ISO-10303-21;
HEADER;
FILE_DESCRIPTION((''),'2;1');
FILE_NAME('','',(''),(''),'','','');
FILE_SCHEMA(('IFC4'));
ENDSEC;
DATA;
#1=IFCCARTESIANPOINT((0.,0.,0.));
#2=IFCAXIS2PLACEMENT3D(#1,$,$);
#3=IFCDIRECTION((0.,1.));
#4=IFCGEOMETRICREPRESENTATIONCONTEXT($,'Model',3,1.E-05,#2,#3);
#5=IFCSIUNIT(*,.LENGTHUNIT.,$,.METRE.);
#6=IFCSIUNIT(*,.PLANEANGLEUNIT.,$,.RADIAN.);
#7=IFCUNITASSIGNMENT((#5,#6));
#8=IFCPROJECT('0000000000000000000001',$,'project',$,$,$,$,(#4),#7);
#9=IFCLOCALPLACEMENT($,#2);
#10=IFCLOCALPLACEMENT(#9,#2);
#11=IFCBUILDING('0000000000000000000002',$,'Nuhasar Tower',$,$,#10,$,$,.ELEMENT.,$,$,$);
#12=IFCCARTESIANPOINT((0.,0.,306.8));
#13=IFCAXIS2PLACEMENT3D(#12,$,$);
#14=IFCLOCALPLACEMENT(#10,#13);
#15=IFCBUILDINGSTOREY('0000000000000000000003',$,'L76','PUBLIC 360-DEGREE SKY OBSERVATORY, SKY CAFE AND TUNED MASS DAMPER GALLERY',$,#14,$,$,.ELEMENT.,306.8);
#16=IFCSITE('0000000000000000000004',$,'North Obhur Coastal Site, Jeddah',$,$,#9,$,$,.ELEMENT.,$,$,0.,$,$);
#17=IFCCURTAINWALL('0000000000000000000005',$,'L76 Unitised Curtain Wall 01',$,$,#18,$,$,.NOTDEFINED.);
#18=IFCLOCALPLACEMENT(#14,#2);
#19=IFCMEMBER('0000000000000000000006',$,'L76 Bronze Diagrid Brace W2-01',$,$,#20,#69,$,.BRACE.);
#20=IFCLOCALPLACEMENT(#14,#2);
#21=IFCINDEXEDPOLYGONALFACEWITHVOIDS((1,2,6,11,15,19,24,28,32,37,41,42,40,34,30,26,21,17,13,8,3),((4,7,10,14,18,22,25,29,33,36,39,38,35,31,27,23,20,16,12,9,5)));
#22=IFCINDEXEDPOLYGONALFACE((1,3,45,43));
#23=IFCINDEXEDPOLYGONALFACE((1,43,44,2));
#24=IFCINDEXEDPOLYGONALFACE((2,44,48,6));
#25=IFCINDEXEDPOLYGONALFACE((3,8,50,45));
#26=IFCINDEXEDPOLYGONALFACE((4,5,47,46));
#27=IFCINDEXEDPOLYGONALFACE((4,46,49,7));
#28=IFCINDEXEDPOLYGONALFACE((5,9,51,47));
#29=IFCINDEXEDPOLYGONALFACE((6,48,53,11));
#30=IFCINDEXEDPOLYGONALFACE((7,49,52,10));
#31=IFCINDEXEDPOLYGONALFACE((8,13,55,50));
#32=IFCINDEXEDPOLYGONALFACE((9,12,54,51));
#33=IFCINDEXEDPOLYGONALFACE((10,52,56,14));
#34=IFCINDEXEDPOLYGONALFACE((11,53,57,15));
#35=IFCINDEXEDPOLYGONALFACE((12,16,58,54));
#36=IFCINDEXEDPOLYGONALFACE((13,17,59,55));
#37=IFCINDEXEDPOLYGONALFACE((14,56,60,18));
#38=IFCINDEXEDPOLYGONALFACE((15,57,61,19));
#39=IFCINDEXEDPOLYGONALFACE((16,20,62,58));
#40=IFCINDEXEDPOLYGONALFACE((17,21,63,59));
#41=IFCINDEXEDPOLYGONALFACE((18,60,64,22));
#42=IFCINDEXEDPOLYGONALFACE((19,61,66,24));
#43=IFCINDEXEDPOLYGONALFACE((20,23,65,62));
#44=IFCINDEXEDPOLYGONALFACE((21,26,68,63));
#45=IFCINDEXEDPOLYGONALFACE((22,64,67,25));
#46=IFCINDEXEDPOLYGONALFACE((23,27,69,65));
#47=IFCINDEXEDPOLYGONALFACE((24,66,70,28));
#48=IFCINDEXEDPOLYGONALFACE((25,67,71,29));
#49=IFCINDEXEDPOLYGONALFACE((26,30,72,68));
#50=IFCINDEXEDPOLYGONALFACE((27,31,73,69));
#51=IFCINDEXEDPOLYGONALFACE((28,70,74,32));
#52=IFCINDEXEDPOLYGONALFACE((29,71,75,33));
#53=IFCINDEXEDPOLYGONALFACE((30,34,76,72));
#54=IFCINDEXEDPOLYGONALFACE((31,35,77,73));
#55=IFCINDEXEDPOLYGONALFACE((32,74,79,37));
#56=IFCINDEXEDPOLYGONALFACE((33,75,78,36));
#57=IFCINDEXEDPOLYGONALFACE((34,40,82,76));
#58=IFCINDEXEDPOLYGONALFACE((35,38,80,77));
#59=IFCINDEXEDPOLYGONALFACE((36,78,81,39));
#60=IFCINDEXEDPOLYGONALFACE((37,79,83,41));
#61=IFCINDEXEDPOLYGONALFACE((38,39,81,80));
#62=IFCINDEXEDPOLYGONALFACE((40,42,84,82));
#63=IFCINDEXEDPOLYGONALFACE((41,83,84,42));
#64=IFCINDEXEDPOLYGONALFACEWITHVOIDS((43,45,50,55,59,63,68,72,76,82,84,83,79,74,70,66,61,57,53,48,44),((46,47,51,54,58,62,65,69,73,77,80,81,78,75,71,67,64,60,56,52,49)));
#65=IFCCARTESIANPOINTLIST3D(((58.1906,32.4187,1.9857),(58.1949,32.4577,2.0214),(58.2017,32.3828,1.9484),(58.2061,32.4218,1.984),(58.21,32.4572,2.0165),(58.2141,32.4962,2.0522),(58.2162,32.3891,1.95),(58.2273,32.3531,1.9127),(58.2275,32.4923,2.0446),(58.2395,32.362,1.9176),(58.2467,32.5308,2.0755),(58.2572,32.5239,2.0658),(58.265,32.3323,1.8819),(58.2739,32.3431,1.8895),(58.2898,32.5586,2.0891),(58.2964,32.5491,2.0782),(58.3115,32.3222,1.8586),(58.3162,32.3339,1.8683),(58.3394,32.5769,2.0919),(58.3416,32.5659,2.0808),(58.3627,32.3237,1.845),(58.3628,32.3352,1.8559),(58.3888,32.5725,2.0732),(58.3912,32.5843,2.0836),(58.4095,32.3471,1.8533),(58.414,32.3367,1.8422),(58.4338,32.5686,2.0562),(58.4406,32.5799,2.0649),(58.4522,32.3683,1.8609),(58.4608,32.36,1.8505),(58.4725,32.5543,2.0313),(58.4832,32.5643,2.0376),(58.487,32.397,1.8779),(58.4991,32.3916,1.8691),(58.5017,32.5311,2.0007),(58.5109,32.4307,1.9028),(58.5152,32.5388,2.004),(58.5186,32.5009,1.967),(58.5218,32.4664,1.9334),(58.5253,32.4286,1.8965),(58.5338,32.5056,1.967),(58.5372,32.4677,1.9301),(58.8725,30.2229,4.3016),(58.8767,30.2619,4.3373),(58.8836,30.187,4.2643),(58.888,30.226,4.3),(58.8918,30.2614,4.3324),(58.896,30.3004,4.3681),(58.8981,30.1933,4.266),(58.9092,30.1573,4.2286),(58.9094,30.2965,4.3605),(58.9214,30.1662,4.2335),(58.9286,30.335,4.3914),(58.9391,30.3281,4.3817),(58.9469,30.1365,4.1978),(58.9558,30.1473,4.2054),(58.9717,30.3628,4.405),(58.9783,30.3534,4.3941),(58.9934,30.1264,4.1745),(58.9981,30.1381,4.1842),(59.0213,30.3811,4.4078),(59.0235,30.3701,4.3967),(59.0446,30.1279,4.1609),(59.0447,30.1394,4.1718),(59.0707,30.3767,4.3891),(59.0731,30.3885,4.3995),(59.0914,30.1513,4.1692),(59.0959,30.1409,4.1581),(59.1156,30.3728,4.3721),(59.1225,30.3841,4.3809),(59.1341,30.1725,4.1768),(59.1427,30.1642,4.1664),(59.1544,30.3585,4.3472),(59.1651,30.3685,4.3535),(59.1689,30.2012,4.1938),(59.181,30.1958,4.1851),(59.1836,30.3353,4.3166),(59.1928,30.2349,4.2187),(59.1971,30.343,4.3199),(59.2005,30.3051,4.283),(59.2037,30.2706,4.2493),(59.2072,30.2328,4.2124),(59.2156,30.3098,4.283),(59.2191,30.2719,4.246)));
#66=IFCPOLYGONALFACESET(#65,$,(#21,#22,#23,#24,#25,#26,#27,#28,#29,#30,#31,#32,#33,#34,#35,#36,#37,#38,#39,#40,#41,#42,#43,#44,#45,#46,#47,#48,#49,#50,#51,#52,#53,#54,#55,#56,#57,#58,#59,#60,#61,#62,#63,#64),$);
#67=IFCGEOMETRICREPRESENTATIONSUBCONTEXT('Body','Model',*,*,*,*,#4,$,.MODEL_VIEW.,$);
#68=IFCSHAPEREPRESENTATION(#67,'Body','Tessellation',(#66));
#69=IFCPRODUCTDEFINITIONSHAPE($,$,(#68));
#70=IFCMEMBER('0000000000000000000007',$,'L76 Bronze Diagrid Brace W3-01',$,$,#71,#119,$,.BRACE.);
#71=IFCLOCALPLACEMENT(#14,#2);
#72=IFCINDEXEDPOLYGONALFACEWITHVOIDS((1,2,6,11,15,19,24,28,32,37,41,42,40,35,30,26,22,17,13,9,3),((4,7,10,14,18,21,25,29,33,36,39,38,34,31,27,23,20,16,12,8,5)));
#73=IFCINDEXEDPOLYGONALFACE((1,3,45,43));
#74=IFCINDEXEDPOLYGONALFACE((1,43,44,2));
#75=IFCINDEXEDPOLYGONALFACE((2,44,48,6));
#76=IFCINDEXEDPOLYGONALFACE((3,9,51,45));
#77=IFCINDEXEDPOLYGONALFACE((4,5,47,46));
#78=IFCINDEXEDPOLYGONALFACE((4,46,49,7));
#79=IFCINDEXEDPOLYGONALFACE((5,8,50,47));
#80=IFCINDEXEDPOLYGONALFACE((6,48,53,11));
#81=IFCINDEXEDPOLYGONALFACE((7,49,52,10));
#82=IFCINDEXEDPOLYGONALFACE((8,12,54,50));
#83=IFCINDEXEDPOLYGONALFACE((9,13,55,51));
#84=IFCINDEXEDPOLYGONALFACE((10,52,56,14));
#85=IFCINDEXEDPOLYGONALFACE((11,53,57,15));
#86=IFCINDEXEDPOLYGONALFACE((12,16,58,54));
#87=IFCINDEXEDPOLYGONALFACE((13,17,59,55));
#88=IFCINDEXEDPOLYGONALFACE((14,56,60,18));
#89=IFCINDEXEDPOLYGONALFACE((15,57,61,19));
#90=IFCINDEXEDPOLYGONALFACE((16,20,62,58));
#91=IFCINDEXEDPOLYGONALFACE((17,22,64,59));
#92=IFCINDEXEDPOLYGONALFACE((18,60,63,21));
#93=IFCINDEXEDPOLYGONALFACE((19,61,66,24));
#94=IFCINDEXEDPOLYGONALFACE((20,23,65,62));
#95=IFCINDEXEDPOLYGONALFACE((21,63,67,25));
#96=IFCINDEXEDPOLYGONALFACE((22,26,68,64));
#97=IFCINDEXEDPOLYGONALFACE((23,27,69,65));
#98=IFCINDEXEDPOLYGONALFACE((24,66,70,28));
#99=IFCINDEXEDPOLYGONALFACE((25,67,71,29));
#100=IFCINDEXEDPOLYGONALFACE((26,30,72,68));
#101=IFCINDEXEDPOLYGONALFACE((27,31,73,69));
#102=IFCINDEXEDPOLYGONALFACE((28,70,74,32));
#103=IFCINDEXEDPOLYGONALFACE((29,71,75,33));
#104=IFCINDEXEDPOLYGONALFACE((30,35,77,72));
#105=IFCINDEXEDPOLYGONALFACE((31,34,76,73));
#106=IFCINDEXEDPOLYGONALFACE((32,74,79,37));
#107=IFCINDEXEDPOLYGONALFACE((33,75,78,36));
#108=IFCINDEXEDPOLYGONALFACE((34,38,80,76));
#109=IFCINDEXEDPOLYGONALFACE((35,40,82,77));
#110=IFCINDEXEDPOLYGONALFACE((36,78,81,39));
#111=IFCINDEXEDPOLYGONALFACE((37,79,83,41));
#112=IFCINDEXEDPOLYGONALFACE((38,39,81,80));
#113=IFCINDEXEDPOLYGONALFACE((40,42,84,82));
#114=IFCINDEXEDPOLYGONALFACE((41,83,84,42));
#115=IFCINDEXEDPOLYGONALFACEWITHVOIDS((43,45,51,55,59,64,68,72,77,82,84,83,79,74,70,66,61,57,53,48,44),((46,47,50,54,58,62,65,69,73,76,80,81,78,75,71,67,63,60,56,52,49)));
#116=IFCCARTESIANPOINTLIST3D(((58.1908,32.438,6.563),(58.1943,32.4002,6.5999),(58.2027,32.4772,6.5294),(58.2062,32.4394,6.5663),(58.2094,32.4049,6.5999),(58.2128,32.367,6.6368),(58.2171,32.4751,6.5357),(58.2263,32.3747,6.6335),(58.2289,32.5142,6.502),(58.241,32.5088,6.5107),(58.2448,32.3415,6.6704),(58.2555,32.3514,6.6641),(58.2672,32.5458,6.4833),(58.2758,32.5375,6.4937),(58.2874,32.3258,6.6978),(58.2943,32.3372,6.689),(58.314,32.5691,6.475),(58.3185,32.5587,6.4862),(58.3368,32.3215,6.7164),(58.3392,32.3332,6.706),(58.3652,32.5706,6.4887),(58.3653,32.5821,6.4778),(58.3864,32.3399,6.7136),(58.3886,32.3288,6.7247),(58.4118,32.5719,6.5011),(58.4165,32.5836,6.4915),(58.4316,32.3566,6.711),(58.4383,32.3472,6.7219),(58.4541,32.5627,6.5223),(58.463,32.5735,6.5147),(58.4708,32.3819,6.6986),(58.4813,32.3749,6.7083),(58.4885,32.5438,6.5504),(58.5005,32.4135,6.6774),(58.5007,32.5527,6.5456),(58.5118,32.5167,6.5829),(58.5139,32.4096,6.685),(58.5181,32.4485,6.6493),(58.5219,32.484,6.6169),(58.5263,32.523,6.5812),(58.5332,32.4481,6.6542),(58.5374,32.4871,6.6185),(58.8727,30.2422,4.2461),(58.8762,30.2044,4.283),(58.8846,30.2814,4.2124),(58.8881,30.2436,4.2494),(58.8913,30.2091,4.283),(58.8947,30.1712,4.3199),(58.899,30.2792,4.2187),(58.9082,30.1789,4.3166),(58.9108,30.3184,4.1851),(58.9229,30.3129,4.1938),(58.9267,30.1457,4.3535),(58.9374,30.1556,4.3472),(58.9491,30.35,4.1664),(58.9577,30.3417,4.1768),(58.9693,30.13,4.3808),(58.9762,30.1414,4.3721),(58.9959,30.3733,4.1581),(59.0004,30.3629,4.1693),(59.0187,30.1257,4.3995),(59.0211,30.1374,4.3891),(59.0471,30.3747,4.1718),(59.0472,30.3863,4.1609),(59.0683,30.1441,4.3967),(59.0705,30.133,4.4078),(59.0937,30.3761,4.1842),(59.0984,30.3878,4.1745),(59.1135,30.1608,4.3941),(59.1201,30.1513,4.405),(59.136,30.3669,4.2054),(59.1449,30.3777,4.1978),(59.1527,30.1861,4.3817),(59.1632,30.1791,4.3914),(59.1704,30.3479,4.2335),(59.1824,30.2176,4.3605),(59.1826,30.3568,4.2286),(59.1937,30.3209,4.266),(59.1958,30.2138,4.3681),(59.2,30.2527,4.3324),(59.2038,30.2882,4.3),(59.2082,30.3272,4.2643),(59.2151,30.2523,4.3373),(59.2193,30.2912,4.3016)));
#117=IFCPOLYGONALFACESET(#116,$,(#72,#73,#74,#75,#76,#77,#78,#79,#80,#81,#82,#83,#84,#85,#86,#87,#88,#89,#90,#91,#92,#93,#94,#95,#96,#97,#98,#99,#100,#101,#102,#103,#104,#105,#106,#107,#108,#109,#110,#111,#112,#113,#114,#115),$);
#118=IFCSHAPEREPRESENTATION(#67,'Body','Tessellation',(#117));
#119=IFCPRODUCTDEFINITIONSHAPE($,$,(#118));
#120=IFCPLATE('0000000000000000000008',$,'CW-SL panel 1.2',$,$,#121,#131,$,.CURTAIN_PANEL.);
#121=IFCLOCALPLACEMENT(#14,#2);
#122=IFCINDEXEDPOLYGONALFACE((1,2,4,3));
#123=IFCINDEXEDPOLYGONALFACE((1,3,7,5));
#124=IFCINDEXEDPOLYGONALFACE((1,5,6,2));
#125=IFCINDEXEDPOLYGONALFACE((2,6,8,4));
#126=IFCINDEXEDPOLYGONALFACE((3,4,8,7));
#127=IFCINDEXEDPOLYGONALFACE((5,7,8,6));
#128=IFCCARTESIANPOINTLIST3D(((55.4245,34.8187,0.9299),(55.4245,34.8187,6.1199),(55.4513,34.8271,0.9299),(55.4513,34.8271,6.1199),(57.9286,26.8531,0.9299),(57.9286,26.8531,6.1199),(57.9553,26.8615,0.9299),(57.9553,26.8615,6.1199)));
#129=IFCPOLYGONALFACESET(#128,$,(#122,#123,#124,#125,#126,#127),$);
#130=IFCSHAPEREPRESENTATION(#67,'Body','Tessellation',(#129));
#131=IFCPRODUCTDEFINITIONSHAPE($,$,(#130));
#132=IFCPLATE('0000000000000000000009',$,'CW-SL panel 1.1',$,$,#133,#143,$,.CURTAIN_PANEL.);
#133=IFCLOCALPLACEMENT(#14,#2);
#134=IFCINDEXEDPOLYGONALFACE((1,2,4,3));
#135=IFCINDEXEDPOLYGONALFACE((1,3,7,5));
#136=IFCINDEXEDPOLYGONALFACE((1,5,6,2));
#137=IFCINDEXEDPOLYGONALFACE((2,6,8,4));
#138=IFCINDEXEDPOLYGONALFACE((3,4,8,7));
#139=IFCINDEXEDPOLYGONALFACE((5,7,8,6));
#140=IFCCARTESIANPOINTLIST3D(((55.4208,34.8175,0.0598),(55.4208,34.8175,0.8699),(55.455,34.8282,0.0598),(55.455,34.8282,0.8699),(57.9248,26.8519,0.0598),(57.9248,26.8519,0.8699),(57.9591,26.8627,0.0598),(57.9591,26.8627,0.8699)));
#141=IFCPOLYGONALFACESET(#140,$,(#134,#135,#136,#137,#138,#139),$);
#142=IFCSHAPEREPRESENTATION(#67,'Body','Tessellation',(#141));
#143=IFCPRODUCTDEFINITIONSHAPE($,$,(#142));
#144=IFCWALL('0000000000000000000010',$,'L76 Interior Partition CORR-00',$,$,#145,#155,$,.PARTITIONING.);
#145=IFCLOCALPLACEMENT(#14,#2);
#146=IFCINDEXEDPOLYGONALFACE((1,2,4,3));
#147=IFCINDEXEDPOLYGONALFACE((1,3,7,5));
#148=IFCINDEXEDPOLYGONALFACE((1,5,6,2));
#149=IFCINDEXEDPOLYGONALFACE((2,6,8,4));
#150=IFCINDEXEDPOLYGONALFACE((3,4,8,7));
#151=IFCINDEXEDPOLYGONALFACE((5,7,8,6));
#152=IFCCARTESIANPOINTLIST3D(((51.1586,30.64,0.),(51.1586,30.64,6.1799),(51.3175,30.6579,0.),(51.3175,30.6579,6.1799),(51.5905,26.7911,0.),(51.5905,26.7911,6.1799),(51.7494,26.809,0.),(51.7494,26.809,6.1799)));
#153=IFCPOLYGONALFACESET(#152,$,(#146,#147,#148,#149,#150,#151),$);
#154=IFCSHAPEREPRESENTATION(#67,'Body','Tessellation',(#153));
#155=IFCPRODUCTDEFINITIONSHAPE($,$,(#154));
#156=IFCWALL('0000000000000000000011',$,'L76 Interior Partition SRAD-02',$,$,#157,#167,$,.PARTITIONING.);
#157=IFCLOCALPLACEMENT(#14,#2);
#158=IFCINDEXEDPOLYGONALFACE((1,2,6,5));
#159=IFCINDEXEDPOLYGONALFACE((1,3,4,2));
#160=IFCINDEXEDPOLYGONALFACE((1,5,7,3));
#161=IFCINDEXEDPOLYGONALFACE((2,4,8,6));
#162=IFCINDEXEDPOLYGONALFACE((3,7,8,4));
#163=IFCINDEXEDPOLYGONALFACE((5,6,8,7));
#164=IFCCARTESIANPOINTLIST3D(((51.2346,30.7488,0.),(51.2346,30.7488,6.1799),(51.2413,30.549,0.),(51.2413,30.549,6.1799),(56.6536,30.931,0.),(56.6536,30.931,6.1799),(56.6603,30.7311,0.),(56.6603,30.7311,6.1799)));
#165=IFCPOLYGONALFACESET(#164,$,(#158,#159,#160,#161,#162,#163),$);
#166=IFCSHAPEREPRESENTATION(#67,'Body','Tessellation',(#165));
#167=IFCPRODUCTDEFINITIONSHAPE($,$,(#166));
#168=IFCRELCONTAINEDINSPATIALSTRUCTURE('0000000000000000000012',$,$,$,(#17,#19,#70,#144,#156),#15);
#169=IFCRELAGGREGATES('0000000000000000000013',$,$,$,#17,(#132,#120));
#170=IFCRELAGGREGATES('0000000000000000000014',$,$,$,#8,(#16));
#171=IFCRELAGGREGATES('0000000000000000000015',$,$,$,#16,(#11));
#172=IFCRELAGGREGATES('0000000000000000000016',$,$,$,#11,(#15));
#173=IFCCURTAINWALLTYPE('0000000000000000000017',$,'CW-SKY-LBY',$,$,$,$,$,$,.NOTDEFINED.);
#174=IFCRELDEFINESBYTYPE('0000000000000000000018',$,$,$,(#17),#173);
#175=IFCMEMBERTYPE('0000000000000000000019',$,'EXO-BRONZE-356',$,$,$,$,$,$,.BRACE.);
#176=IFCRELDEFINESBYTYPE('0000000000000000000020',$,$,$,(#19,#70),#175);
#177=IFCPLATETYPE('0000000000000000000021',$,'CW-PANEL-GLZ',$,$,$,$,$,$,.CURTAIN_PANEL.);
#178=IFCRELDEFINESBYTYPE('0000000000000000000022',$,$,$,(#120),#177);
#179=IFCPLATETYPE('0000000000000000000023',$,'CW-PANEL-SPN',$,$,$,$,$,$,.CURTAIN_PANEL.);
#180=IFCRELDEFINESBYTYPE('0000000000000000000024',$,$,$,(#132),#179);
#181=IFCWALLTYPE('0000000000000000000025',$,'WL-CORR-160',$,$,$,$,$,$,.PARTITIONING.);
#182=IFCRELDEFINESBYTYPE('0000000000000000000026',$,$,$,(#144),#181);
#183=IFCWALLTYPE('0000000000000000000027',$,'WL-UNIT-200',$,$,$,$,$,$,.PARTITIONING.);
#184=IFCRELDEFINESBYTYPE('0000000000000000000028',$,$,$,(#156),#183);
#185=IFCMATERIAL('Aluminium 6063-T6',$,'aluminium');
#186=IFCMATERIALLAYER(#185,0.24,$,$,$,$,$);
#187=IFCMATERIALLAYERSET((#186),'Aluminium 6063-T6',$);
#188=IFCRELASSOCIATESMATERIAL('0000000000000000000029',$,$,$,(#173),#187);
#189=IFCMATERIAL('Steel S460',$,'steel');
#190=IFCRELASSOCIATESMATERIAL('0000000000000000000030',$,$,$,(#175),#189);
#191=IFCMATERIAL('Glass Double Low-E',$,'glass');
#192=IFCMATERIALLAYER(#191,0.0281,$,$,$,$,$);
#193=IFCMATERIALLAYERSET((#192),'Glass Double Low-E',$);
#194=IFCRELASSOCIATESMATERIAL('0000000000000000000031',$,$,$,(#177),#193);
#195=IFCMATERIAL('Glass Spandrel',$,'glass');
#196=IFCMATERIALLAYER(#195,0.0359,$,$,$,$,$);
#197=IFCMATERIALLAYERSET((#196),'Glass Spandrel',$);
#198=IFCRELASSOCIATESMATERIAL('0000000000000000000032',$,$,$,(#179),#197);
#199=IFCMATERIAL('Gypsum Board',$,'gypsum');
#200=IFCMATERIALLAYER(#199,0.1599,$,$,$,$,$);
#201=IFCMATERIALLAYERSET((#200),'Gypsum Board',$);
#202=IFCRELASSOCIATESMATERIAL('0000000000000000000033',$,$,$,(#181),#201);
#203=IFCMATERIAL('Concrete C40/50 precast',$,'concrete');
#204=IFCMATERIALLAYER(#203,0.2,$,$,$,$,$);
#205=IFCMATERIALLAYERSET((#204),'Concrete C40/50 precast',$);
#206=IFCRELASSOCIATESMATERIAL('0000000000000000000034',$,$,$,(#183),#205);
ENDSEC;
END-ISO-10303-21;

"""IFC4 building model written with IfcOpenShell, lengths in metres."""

from ifc_helpers import new_model, si_unit, direction, frame, frame_2d, origin, origin_2d, place, context, subcontext, project, spatial, rectangle, hollow_circle, extrude, material, layer, layer_set, material_profile, profile_set, type_object, element, aggregate, save


model = new_model("IFC4")

# Units and contexts
model_context = context("Model", 3, precision=1e-05, world=origin(), true_north=direction((0.0, 1.0)))
body_context = subcontext(model_context, "Body", "Model", "MODEL_VIEW")
ifc_project = project(units=[si_unit("LENGTHUNIT", "METRE"), si_unit("PLANEANGLEUNIT", "RADIAN")], contexts=[model_context])

# Site, building, storey
site_placement = place(None, origin())
site = spatial("IfcSite", under=ifc_project, at=site_placement, Name="North Obhur Coastal Site, Jeddah", CompositionType="ELEMENT", RefElevation=0.0)
building_placement = place(site_placement, origin())
building = spatial("IfcBuilding", under=site, at=building_placement, Name="Nuhasar Tower", CompositionType="ELEMENT")
storey_placement = place(building_placement, frame((0.0, 0.0, 306.8)))
storey = spatial("IfcBuildingStorey", under=building, at=storey_placement, Name="L76", Description="PUBLIC 360-DEGREE SKY OBSERVATORY, SKY CAFE AND TUNED MASS DAMPER GALLERY", CompositionType="ELEMENT", Elevation=306.8)

# Shared definitions
ifc_material_1 = material(Name="Steel S460", Category="steel")

# Curtain wall
ifc_material_2 = material(Name="Aluminium 6063-T6", Category="aluminium")
ifc_layer_1 = layer(ifc_material_2, 0.24)
ifc_layer_set_1 = layer_set([ifc_layer_1], Name="Aluminium 6063-T6")
curtain_wall_type = type_object("IfcCurtainWallType", Name="CW-SKY-LBY", PredefinedType="NOTDEFINED", material=ifc_layer_set_1)
curtain_wall_placement = place(storey_placement, origin())
curtain_wall = element("IfcCurtainWall", 1, at=curtain_wall_placement, inside=storey, type_object=curtain_wall_type, Name="L76 Unitised Curtain Wall 01", PredefinedType="NOTDEFINED")

# Members
ifc_material_profile_1 = material_profile(ifc_material_1, hollow_circle(Radius=0.1777, WallThickness=0.0159, at=origin_2d()), Name="HSS355.6X15.9")
ifc_profile_set_1 = profile_set([ifc_material_profile_1], Name="Steel S460")
member_type_1 = type_object("IfcMemberType", Name="EXO-BRONZE-356", PredefinedType="BRACE", material=ifc_profile_set_1)
member_1_placement = place(storey_placement, frame((58.364, 32.4529, 1.967), z_axis=(0.208947, -0.67285, 0.709657), x_axis=(0.955011, 0.29657, 0.0)))
element("IfcMember", 2, at=member_1_placement, inside=storey, type_object=member_type_1, Name="L76 Bronze Diagrid Brace W2-01", PredefinedType="BRACE", context=body_context, shape_type="SweptSolid", body=[
    extrude(hollow_circle(Radius=0.1777, WallThickness=0.0159, at=origin_2d()), origin(), (0.0, 0.0, 1.0), 3.2634),
])
member_2_placement = place(storey_placement, frame((59.0459, 30.2571, 4.283), z_axis=(-0.208903, 0.672707, 0.709806), x_axis=(-0.955011, -0.29657, 0.0)))
element("IfcMember", 3, at=member_2_placement, inside=storey, type_object=member_type_1, Name="L76 Bronze Diagrid Brace W3-01", PredefinedType="BRACE", context=body_context, shape_type="SweptSolid", body=[
    extrude(hollow_circle(Radius=0.1777, WallThickness=0.0159, at=origin_2d()), origin(), (0.0, 0.0, 1.0), 3.2642),
])

# Plates
ifc_material_3 = material(Name="Glass Double Low-E", Category="glass")
ifc_layer_2 = layer(ifc_material_3, 0.0281)
ifc_layer_set_2 = layer_set([ifc_layer_2], Name="Glass Double Low-E")
plate_type_1 = type_object("IfcPlateType", Name="CW-PANEL-GLZ", PredefinedType="CURTAIN_PANEL", material=ifc_layer_set_2)
plate_1_placement = place(storey_placement, frame((56.6899, 30.8401, 0.9299), z_axis=(0.0, 0.0, 1.0), x_axis=(-0.299888, 0.953974, 0.0)))
plate_1 = element("IfcPlate", 4, at=plate_1_placement, type_object=plate_type_1, Name="CW-SL panel 1.2", PredefinedType="CURTAIN_PANEL", context=body_context, shape_type="SweptSolid", body=[
    extrude(rectangle(XDim=8.3499, YDim=0.0281, at=origin_2d()), origin(), (0.0, 0.0, 1.0), 5.1899),
])
ifc_material_4 = material(Name="Glass Spandrel", Category="glass")
ifc_layer_3 = layer(ifc_material_4, 0.0359)
ifc_layer_set_3 = layer_set([ifc_layer_3], Name="Glass Spandrel")
plate_type_2 = type_object("IfcPlateType", Name="CW-PANEL-SPN", PredefinedType="CURTAIN_PANEL", material=ifc_layer_set_3)
plate_2_placement = place(storey_placement, frame((56.6899, 30.8401, 0.0598), z_axis=(0.0, 0.0, 1.0), x_axis=(-0.299888, 0.953974, 0.0)))
plate_2 = element("IfcPlate", 5, at=plate_2_placement, type_object=plate_type_2, Name="CW-SL panel 1.1", PredefinedType="CURTAIN_PANEL", context=body_context, shape_type="SweptSolid", body=[
    extrude(rectangle(XDim=8.3499, YDim=0.0359, at=origin_2d()), origin(), (0.0, 0.0, 1.0), 0.8101),
])
aggregate(curtain_wall, [plate_2, plate_1])

# Walls
ifc_material_5 = material(Name="Gypsum Board", Category="gypsum")
ifc_layer_4 = layer(ifc_material_5, 0.1599)
ifc_layer_set_4 = layer_set([ifc_layer_4], Name="Gypsum Board")
wall_type_1 = type_object("IfcWallType", Name="WL-CORR-160", PredefinedType="PARTITIONING", material=ifc_layer_set_4)
wall_1_placement = place(storey_placement, frame((51.6699, 26.8, 0.0), z_axis=(0.0, 0.0, 1.0), x_axis=(-0.111511, 0.993763, 0.0)))
element("IfcWall", 6, at=wall_1_placement, inside=storey, type_object=wall_type_1, Name="L76 Interior Partition CORR-00", PredefinedType="PARTITIONING", context=body_context, shape_type="SweptSolid", body=[
    extrude(rectangle(XDim=3.873, YDim=0.1599, at=frame_2d((1.9365, 0.0))), origin(), (0.0, 0.0, 1.0), 6.1799),
])
ifc_material_6 = material(Name="Concrete C40/50 precast", Category="concrete")
ifc_layer_5 = layer(ifc_material_6, 0.2)
ifc_layer_set_5 = layer_set([ifc_layer_5], Name="Concrete C40/50 precast")
wall_type_2 = type_object("IfcWallType", Name="WL-UNIT-200", PredefinedType="PARTITIONING", material=ifc_layer_set_5)
wall_2_placement = place(storey_placement, frame((51.238, 30.6489, 0.0), z_axis=(0.0, 0.0, 1.0), x_axis=(0.999436, 0.033591, 0.0)))
element("IfcWall", 7, at=wall_2_placement, inside=storey, type_object=wall_type_2, Name="L76 Interior Partition SRAD-02", PredefinedType="PARTITIONING", context=body_context, shape_type="SweptSolid", body=[
    extrude(rectangle(XDim=5.4221, YDim=0.2, at=frame_2d((2.7109, 0.0))), origin(), (0.0, 0.0, 1.0), 6.1799),
])

save(model, "model.ifc")
